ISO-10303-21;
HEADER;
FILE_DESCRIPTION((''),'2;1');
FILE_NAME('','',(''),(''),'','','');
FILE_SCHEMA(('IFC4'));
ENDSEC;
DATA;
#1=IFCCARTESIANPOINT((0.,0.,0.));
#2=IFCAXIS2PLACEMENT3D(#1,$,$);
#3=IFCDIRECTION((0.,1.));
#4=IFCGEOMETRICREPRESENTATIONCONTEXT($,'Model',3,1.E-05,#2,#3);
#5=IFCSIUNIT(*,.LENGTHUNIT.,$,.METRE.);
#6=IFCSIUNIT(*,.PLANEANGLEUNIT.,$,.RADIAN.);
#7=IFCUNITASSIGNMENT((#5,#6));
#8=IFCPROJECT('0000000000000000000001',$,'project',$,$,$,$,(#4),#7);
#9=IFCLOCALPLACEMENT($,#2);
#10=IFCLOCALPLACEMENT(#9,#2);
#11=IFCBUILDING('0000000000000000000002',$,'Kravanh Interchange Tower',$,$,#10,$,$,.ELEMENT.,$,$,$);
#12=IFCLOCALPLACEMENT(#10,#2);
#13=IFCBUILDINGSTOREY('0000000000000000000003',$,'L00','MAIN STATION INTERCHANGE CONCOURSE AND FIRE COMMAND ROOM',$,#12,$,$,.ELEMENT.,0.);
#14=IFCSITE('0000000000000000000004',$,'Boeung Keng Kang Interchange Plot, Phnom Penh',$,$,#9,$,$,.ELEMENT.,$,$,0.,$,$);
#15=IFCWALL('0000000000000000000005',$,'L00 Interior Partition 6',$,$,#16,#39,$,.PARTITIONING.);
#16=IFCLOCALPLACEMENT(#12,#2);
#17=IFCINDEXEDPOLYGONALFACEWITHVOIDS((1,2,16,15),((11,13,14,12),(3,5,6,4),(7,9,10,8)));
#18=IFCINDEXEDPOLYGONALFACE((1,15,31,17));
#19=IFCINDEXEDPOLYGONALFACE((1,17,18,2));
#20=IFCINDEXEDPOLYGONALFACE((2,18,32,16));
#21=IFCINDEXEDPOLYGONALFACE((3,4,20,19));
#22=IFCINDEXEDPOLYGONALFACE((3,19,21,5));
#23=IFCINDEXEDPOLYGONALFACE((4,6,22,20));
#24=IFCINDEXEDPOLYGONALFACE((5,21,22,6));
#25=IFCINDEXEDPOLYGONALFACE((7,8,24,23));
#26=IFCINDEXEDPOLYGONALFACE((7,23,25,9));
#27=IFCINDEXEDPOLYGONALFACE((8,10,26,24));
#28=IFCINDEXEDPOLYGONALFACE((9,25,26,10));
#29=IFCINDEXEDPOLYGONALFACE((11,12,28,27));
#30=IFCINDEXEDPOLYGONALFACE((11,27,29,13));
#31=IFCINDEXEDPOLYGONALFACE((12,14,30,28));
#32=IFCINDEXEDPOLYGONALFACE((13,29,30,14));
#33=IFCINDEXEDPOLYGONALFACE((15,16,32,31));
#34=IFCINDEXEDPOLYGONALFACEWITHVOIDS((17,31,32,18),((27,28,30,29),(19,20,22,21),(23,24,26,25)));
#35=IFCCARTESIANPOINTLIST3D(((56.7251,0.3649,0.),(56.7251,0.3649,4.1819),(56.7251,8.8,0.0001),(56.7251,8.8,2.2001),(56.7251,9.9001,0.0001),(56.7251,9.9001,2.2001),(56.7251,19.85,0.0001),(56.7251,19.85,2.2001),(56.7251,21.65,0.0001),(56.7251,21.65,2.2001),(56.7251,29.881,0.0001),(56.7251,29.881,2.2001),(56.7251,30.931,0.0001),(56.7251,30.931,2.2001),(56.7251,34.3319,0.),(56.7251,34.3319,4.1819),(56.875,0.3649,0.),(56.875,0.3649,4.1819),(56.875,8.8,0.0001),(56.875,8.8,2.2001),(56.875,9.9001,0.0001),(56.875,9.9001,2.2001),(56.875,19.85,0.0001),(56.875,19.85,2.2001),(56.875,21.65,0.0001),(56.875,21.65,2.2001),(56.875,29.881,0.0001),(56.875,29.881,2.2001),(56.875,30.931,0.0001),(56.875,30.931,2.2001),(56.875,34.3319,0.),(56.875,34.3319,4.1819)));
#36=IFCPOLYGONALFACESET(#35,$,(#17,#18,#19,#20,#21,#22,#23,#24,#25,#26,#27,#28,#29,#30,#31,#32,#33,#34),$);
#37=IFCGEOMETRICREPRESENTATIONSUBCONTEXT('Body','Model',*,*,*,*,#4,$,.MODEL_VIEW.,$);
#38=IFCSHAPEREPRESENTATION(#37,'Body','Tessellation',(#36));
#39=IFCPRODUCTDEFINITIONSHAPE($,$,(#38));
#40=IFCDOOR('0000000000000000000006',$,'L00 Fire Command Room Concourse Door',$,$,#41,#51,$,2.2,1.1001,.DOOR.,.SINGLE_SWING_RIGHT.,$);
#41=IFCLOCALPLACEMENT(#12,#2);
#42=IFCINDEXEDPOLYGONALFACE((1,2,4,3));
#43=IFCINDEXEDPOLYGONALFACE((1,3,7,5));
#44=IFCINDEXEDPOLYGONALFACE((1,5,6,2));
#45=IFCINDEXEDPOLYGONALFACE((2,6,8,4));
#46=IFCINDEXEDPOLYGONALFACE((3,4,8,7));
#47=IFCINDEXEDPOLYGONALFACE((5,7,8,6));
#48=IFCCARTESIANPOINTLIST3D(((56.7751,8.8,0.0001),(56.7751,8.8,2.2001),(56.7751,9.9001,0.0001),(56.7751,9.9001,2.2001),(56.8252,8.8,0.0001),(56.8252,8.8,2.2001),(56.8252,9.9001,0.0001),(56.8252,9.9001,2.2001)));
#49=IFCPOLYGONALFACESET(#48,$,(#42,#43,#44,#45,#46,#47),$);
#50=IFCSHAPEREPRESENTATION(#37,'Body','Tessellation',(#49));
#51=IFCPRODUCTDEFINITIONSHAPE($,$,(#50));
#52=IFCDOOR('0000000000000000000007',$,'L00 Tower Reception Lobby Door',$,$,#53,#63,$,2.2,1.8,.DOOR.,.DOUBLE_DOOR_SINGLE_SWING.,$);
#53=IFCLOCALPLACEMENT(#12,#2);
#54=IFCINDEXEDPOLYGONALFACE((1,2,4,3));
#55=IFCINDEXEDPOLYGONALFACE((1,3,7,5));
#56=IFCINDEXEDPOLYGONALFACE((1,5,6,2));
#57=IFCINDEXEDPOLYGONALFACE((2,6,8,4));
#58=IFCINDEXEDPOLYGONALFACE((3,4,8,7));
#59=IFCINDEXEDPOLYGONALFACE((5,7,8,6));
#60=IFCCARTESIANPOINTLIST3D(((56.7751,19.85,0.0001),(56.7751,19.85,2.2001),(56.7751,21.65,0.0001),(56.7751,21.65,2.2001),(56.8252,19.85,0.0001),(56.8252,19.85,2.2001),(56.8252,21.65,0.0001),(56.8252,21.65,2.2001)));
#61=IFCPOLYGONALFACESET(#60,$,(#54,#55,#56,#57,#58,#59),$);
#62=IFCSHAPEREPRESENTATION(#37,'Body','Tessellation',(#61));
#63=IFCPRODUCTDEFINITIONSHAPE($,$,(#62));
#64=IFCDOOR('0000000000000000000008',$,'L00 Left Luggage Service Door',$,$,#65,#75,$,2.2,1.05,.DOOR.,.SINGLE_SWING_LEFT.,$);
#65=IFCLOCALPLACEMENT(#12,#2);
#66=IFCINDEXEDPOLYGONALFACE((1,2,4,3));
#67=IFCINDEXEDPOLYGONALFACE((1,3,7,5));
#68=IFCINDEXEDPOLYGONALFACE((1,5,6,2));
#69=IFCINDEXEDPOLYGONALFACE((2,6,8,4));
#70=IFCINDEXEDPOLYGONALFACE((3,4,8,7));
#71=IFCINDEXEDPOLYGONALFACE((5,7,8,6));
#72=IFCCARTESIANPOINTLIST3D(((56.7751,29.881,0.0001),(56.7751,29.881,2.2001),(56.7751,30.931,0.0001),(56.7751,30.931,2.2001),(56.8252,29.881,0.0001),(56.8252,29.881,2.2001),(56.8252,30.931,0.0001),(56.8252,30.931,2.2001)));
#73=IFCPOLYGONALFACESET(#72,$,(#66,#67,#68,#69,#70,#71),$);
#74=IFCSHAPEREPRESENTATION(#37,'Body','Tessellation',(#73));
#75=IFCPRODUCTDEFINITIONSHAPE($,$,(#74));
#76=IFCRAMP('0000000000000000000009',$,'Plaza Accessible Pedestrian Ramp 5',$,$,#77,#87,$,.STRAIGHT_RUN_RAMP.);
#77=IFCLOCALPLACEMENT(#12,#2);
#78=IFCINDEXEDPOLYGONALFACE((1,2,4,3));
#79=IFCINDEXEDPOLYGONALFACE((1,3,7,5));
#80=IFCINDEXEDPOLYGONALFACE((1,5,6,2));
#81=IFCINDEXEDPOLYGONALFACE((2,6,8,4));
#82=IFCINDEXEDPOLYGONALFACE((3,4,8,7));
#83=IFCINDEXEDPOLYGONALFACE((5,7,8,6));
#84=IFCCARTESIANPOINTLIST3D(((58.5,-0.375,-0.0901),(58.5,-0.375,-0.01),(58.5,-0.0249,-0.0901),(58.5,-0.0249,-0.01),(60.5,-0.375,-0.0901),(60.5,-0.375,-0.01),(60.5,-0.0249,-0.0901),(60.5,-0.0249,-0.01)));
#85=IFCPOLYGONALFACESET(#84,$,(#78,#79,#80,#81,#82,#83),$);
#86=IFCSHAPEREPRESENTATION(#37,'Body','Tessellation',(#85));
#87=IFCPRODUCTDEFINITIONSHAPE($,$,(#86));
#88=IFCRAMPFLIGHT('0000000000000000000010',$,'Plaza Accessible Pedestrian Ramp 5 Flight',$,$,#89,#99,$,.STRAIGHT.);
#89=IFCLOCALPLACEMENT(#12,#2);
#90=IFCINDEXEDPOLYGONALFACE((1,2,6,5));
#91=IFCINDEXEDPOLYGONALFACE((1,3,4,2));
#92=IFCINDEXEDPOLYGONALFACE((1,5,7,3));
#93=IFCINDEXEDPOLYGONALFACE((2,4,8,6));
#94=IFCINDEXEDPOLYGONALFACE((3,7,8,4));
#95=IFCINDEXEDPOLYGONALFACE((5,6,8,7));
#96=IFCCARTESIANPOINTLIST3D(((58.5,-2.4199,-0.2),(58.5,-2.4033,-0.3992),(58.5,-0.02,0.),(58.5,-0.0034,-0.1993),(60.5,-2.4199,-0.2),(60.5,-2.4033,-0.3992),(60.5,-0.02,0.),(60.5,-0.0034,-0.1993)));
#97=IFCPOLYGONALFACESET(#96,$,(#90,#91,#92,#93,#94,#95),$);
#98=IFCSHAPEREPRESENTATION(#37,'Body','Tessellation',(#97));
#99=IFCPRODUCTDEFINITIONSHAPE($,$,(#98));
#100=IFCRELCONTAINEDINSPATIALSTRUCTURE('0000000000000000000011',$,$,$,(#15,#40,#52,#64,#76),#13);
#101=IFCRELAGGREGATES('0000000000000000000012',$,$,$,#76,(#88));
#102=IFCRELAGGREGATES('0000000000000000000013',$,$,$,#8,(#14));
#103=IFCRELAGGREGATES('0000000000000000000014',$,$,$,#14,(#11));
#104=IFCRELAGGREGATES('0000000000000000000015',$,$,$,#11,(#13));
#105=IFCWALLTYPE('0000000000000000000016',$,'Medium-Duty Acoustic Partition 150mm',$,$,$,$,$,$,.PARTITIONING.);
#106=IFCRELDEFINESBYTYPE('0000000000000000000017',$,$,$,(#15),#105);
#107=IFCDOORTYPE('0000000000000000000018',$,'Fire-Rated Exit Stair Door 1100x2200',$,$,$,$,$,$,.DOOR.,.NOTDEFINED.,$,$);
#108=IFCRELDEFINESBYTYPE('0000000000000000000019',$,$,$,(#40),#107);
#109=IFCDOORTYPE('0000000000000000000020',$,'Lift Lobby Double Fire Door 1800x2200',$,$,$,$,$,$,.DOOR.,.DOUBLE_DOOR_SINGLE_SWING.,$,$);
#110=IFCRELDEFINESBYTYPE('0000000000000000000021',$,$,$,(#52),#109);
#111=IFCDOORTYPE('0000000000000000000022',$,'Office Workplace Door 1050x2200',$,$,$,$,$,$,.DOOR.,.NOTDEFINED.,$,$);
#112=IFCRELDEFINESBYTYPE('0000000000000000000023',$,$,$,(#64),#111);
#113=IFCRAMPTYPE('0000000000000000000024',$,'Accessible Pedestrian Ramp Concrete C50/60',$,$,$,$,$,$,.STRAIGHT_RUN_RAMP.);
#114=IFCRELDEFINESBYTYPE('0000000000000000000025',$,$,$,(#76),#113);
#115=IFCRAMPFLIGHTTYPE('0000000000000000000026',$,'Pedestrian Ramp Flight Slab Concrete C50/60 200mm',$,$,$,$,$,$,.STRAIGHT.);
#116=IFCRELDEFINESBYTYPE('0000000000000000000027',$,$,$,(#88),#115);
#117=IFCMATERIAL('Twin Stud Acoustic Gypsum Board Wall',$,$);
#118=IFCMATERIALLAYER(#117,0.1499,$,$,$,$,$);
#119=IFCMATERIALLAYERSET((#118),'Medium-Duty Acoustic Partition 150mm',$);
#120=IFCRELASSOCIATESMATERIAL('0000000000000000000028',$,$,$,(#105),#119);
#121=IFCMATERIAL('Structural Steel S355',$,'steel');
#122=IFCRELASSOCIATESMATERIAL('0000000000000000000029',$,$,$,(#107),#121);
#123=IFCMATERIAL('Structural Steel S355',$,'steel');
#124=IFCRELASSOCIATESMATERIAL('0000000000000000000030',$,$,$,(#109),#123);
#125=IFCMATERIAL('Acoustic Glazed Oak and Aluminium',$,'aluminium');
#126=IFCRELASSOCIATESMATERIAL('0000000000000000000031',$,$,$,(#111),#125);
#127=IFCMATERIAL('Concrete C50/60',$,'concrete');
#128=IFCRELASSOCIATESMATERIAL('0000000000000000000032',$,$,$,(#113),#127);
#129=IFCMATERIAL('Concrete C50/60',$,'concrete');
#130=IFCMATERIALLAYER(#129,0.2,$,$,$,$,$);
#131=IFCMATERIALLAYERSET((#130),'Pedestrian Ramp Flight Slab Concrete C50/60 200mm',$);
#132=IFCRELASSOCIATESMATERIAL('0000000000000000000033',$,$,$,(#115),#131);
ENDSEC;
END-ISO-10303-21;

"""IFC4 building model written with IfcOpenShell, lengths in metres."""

from ifc_helpers import new_model, si_unit, direction, frame, frame_2d, origin, origin_2d, place, context, subcontext, project, spatial, polyline, rectangle, outline, extrude, material, layer, layer_set, type_object, element, fill, aggregate, save


model = new_model("IFC4")

# Units and contexts
model_context = context("Model", 3, precision=1e-05, world=origin(), true_north=direction((0.0, 1.0)))
body_context = subcontext(model_context, "Body", "Model", "MODEL_VIEW")
ifc_project = project(units=[si_unit("LENGTHUNIT", "METRE"), si_unit("PLANEANGLEUNIT", "RADIAN")], contexts=[model_context])

# Site, building, storey
site_placement = place(None, origin())
site = spatial("IfcSite", under=ifc_project, at=site_placement, Name="Boeung Keng Kang Interchange Plot, Phnom Penh", CompositionType="ELEMENT", RefElevation=0.0)
building_placement = place(site_placement, origin())
building = spatial("IfcBuilding", under=site, at=building_placement, Name="Kravanh Interchange Tower", CompositionType="ELEMENT")
storey_placement = place(building_placement, origin())
storey = spatial("IfcBuildingStorey", under=building, at=storey_placement, Name="L00", Description="MAIN STATION INTERCHANGE CONCOURSE AND FIRE COMMAND ROOM", CompositionType="ELEMENT", Elevation=0.0)

# Wall, openings, doors
ifc_material_1 = material(Name="Twin Stud Acoustic Gypsum Board Wall")
ifc_layer_1 = layer(ifc_material_1, 0.1499)
ifc_layer_set_1 = layer_set([ifc_layer_1], Name="Medium-Duty Acoustic Partition 150mm")
wall_type_1 = type_object("IfcWallType", Name="Medium-Duty Acoustic Partition 150mm", PredefinedType="PARTITIONING", material=ifc_layer_set_1)
wall_1_placement = place(storey_placement, frame((56.8, 0.365, 0.0), z_axis=(0.0, 0.0, 1.0), x_axis=(0.0, 1.0, 0.0)))
wall_1 = element("IfcWall", 1, at=wall_1_placement, inside=storey, type_object=wall_type_1, Name="L00 Interior Partition 6", PredefinedType="PARTITIONING", context=body_context, shape_type="SweptSolid", body=[
    extrude(rectangle(XDim=33.967, YDim=0.1499, at=frame_2d((16.9834, 0.0))), origin(), (0.0, 0.0, 1.0), 4.1819),
])
opening_1_placement = place(wall_1_placement, frame((8.4351, 0.0, 0.0)))
opening_1 = element("IfcOpeningElement", 2, at=opening_1_placement, cuts=wall_1, PredefinedType="OPENING", context=body_context, shape_type="SweptSolid", body=[
    extrude(rectangle(XDim=1.1001, YDim=2.2, at=frame_2d((0.55, 1.1001))), frame((0.0, 0.085, 0.0), z_axis=(0.0, -1.0, 0.0), x_axis=(1.0, 0.0, 0.0)), (0.0, 0.0, 1.0), 0.1699),
])
opening_2_placement = place(wall_1_placement, frame((19.4851, 0.0, 0.0)))
opening_2 = element("IfcOpeningElement", 3, at=opening_2_placement, cuts=wall_1, PredefinedType="OPENING", context=body_context, shape_type="SweptSolid", body=[
    extrude(rectangle(XDim=1.8, YDim=2.2, at=frame_2d((0.8999, 1.1001))), frame((0.0, 0.085, 0.0), z_axis=(0.0, -1.0, 0.0), x_axis=(1.0, 0.0, 0.0)), (0.0, 0.0, 1.0), 0.1699),
])
opening_3_placement = place(wall_1_placement, frame((29.5161, 0.0, 0.0)))
opening_3 = element("IfcOpeningElement", 4, at=opening_3_placement, cuts=wall_1, PredefinedType="OPENING", context=body_context, shape_type="SweptSolid", body=[
    extrude(rectangle(XDim=1.05, YDim=2.2, at=frame_2d((0.5249, 1.1001))), frame((0.0, 0.085, 0.0), z_axis=(0.0, -1.0, 0.0), x_axis=(1.0, 0.0, 0.0)), (0.0, 0.0, 1.0), 0.1699),
])
ifc_material_2 = material(Name="Structural Steel S355", Category="steel")
door_type_1 = type_object("IfcDoorType", Name="Fire-Rated Exit Stair Door 1100x2200", OperationType="NOTDEFINED", PredefinedType="DOOR", material=ifc_material_2)
door_1_placement = place(opening_1_placement, origin())
door_1 = element("IfcDoor", 5, at=door_1_placement, inside=storey, type_object=door_type_1, Name="L00 Fire Command Room Concourse Door", OperationType="SINGLE_SWING_RIGHT", OverallHeight=2.2, OverallWidth=1.1001, PredefinedType="DOOR", context=body_context, shape_type="SweptSolid", body=[
    extrude(rectangle(XDim=1.1001, YDim=2.2, at=frame_2d((0.55, 1.1001))), frame((0.0, 0.0249, 0.0), z_axis=(0.0, -1.0, 0.0), x_axis=(1.0, 0.0, 0.0)), (0.0, 0.0, 1.0), 0.05),
])
fill(opening_1, door_1)
ifc_material_3 = material(Name="Structural Steel S355", Category="steel")
door_type_2 = type_object("IfcDoorType", Name="Lift Lobby Double Fire Door 1800x2200", OperationType="DOUBLE_DOOR_SINGLE_SWING", PredefinedType="DOOR", material=ifc_material_3)
door_2_placement = place(opening_2_placement, origin())
door_2 = element("IfcDoor", 6, at=door_2_placement, inside=storey, type_object=door_type_2, Name="L00 Tower Reception Lobby Door", OperationType="DOUBLE_DOOR_SINGLE_SWING", OverallHeight=2.2, OverallWidth=1.8, PredefinedType="DOOR", context=body_context, shape_type="SweptSolid", body=[
    extrude(rectangle(XDim=1.8, YDim=2.2, at=frame_2d((0.8999, 1.1001))), frame((0.0, 0.0249, 0.0), z_axis=(0.0, -1.0, 0.0), x_axis=(1.0, 0.0, 0.0)), (0.0, 0.0, 1.0), 0.05),
])
fill(opening_2, door_2)
ifc_material_4 = material(Name="Acoustic Glazed Oak and Aluminium", Category="aluminium")
door_type_3 = type_object("IfcDoorType", Name="Office Workplace Door 1050x2200", OperationType="NOTDEFINED", PredefinedType="DOOR", material=ifc_material_4)
door_3_placement = place(opening_3_placement, origin())
door_3 = element("IfcDoor", 7, at=door_3_placement, inside=storey, type_object=door_type_3, Name="L00 Left Luggage Service Door", OperationType="SINGLE_SWING_LEFT", OverallHeight=2.2, OverallWidth=1.05, PredefinedType="DOOR", context=body_context, shape_type="SweptSolid", body=[
    extrude(rectangle(XDim=1.05, YDim=2.2, at=frame_2d((0.5249, 1.1001))), frame((0.0, 0.0249, 0.0), z_axis=(0.0, -1.0, 0.0), x_axis=(1.0, 0.0, 0.0)), (0.0, 0.0, 1.0), 0.05),
])
fill(opening_3, door_3)

# Ramp, ramp flight
ifc_material_5 = material(Name="Concrete C50/60", Category="concrete")
ramp_type = type_object("IfcRampType", Name="Accessible Pedestrian Ramp Concrete C50/60", PredefinedType="STRAIGHT_RUN_RAMP", material=ifc_material_5)
ramp_placement = place(storey_placement, frame((59.5, -0.2, -0.0901), z_axis=(0.0, 0.0, 1.0), x_axis=(1.0, 0.0, 0.0)))
ramp = element("IfcRamp", 8, at=ramp_placement, inside=storey, type_object=ramp_type, Name="Plaza Accessible Pedestrian Ramp 5", PredefinedType="STRAIGHT_RUN_RAMP", context=body_context, shape_type="SweptSolid", body=[
    extrude(rectangle(XDim=2.0, YDim=0.3501, at=origin_2d()), origin(), (0.0, 0.0, 1.0), 0.0801),
])
ifc_material_6 = material(Name="Concrete C50/60", Category="concrete")
ifc_layer_2 = layer(ifc_material_6, 0.2)
ifc_layer_set_2 = layer_set([ifc_layer_2], Name="Pedestrian Ramp Flight Slab Concrete C50/60 200mm")
ramp_flight_type = type_object("IfcRampFlightType", Name="Pedestrian Ramp Flight Slab Concrete C50/60 200mm", PredefinedType="STRAIGHT", material=ifc_layer_set_2)
ramp_flight_placement = place(storey_placement, frame((58.5, -2.4199, -0.2), z_axis=(0.0, -0.083029, 0.996547), x_axis=(1.0, 0.0, 0.0)))
ramp_flight = element("IfcRampFlight", 9, at=ramp_flight_placement, type_object=ramp_flight_type, Name="Plaza Accessible Pedestrian Ramp 5 Flight", PredefinedType="STRAIGHT", context=body_context, shape_type="SweptSolid", body=[
    extrude(outline(polyline([(0.0, 0.0), (2.0, 0.0), (2.0, 2.4082), (0.0, 2.4082), (0.0, 0.0)])), origin(), (0.0, 0.0, -1.0), 0.2),
])
aggregate(ramp, [ramp_flight])

save(model, "model.ifc")
